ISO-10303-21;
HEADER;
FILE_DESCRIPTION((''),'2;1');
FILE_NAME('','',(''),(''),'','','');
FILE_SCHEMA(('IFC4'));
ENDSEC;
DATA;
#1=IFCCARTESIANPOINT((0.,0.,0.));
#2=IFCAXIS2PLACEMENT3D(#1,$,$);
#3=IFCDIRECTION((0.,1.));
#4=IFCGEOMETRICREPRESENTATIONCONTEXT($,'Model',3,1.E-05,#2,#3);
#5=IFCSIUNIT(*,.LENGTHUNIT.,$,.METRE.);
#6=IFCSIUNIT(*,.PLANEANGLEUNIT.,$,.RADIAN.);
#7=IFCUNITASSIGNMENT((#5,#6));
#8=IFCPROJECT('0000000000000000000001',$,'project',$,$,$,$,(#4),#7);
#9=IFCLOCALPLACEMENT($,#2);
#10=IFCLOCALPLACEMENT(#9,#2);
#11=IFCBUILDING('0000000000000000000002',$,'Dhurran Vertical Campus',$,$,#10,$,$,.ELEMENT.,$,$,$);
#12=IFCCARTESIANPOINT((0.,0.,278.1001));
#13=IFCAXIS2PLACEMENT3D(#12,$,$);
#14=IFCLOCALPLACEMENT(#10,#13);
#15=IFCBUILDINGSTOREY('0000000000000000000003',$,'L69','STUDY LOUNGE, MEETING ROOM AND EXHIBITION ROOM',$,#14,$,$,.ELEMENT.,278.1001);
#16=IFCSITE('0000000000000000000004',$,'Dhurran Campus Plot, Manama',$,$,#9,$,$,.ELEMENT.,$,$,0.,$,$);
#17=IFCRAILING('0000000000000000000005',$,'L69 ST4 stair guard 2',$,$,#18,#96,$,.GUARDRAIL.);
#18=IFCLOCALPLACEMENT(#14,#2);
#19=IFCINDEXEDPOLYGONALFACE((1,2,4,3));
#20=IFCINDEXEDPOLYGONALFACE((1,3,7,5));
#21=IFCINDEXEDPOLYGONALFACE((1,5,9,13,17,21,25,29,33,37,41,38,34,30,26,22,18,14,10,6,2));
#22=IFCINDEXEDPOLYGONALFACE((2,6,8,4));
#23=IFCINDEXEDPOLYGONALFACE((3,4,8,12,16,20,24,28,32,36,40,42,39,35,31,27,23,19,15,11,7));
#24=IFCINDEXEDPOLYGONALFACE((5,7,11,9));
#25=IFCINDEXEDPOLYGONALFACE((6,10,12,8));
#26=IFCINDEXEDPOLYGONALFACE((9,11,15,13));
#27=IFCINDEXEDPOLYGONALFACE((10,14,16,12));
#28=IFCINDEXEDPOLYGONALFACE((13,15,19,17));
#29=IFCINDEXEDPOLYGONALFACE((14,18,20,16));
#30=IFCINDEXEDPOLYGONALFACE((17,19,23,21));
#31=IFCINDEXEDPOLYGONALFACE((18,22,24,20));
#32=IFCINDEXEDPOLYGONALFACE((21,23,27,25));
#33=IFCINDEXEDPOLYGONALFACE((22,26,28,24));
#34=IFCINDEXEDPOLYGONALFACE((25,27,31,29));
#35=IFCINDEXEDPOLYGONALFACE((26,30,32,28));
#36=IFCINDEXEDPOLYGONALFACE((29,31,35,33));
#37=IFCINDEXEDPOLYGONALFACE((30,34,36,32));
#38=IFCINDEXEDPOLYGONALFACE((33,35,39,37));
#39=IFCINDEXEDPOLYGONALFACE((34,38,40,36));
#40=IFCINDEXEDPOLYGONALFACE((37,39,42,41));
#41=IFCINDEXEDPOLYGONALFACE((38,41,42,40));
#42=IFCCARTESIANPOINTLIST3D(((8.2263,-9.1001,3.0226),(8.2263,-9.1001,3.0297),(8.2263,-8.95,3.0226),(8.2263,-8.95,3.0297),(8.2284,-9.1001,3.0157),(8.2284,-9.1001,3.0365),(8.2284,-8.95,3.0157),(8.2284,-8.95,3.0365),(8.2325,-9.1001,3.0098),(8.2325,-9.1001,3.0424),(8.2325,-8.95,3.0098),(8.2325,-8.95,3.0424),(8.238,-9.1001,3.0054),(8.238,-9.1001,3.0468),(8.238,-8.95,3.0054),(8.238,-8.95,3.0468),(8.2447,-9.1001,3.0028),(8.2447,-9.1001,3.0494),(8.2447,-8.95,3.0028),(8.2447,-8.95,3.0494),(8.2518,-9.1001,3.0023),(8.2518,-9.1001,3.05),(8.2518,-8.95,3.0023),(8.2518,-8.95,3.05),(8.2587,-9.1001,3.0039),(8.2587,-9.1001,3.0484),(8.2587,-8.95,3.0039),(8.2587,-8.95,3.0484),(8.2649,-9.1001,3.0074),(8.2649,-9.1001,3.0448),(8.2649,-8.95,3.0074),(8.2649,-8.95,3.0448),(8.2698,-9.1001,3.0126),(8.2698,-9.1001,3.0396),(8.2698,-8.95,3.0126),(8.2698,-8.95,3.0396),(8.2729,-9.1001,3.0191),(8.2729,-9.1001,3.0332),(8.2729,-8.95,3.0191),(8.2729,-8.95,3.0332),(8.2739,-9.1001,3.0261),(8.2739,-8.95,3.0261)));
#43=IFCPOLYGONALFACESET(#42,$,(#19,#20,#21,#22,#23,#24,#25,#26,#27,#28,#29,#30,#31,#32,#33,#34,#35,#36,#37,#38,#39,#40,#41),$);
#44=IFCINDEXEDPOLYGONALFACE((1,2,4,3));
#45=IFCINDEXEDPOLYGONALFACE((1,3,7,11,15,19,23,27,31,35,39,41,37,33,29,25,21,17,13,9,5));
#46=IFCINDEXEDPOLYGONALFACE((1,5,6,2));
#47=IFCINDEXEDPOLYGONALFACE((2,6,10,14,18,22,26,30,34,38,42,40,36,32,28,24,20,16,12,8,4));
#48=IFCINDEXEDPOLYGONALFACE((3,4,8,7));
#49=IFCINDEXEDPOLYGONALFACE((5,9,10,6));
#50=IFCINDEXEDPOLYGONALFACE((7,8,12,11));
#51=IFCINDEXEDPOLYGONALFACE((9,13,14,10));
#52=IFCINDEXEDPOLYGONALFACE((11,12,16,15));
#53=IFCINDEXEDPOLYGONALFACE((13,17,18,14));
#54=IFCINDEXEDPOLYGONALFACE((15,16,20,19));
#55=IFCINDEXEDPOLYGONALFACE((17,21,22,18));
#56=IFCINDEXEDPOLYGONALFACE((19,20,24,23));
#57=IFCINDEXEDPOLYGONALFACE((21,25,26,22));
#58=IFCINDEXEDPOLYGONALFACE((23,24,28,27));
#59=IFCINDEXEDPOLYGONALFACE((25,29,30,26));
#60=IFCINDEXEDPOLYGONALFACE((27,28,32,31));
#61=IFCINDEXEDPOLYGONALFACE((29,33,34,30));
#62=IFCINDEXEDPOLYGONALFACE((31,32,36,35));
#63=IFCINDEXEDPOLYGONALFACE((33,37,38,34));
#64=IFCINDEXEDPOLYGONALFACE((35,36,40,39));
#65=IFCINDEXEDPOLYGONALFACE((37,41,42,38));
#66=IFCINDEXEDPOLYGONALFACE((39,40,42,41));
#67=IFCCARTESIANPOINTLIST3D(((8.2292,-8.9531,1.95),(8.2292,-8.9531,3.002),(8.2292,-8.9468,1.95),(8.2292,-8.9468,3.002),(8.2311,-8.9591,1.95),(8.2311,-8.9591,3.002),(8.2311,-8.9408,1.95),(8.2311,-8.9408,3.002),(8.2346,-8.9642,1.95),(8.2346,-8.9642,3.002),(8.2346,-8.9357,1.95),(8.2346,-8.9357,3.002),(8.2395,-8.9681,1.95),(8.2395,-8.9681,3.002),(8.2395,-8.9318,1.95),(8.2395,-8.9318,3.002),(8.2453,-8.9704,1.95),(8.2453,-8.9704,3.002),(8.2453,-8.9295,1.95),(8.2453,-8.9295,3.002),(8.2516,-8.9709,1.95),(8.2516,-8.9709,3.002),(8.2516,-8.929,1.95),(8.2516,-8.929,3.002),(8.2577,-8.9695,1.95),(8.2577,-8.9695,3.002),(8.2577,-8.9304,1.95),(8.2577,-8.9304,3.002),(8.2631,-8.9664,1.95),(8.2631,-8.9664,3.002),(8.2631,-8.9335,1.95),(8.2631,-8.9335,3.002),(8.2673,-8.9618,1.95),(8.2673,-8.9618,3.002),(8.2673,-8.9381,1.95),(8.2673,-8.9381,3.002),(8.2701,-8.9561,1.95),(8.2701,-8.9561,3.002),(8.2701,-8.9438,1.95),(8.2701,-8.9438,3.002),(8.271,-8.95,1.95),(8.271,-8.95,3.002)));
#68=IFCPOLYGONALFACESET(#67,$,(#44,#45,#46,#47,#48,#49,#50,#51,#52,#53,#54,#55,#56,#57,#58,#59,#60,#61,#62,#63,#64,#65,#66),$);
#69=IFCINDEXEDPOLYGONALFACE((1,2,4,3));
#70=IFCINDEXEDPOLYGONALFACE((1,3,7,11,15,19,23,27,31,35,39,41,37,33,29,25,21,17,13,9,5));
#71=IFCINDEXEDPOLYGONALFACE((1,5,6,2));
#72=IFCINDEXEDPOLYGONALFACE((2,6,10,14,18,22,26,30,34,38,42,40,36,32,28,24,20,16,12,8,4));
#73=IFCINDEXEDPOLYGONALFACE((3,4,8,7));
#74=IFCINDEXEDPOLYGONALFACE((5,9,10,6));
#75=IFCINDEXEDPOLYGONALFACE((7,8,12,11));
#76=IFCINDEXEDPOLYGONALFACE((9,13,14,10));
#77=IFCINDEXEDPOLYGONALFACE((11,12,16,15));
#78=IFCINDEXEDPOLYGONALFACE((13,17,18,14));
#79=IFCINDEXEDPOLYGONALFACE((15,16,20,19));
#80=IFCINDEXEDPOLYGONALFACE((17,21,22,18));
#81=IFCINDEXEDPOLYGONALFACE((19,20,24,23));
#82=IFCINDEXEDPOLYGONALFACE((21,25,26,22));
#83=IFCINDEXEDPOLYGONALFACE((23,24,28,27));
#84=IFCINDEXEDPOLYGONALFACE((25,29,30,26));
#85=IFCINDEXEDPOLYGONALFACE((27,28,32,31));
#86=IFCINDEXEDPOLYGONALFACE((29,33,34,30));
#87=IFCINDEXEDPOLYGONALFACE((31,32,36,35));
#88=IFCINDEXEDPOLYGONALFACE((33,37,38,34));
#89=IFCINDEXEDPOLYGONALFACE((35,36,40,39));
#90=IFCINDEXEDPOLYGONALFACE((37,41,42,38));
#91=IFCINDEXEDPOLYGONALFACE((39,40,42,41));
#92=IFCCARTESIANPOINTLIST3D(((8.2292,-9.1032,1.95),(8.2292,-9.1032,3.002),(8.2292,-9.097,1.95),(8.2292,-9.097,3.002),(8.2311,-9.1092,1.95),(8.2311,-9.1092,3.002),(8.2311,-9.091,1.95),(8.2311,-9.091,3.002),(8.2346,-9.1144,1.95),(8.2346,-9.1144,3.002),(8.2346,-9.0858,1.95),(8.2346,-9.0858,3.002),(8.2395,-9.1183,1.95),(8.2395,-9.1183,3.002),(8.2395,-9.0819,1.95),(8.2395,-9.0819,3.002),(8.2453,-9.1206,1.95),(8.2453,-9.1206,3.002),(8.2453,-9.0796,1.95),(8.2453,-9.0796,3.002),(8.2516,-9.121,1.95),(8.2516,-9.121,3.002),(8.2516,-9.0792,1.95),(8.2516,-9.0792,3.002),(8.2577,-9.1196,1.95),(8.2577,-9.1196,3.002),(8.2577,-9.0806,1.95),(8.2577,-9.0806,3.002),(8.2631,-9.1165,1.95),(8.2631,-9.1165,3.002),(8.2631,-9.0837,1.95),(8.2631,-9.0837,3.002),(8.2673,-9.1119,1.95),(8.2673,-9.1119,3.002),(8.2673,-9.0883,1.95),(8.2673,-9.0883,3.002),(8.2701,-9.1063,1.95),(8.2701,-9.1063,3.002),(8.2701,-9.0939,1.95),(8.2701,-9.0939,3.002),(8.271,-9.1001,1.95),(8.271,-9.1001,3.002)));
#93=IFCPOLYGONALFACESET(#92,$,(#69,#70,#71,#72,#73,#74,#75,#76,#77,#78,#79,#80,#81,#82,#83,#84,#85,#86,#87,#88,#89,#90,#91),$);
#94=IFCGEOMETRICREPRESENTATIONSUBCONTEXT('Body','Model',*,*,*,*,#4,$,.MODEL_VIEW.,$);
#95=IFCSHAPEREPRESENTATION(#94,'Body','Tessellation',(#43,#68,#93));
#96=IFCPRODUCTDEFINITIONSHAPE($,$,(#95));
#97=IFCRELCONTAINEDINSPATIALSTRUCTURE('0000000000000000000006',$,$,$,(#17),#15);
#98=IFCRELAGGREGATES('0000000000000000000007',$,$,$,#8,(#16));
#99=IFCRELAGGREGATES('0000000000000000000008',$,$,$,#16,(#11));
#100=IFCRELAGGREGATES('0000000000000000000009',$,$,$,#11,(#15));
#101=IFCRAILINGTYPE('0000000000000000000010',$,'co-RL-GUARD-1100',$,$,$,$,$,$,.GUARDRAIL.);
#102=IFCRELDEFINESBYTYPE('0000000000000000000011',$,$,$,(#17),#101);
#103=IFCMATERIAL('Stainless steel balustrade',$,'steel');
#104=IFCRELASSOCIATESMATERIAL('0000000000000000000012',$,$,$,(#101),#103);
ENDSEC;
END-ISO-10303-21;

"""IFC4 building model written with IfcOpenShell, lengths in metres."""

from ifc_helpers import new_model, si_unit, direction, frame, origin, origin_2d, place, context, subcontext, project, spatial, circle, extrude, material, type_object, element, save


model = new_model("IFC4")

# Units and contexts
model_context = context("Model", 3, precision=1e-05, world=origin(), true_north=direction((0.0, 1.0)))
body_context = subcontext(model_context, "Body", "Model", "MODEL_VIEW")
ifc_project = project(units=[si_unit("LENGTHUNIT", "METRE"), si_unit("PLANEANGLEUNIT", "RADIAN")], contexts=[model_context])

# Site, building, storey
site_placement = place(None, origin())
site = spatial("IfcSite", under=ifc_project, at=site_placement, Name="Dhurran Campus Plot, Manama", CompositionType="ELEMENT", RefElevation=0.0)
building_placement = place(site_placement, origin())
building = spatial("IfcBuilding", under=site, at=building_placement, Name="Dhurran Vertical Campus", CompositionType="ELEMENT")
storey_placement = place(building_placement, frame((0.0, 0.0, 278.1001)))
storey = spatial("IfcBuildingStorey", under=building, at=storey_placement, Name="L69", Description="STUDY LOUNGE, MEETING ROOM AND EXHIBITION ROOM", CompositionType="ELEMENT", Elevation=278.1001)

# Railing
ifc_material_1 = material(Name="Stainless steel balustrade", Category="steel")
railing_type_1 = type_object("IfcRailingType", Name="co-RL-GUARD-1100", PredefinedType="GUARDRAIL", material=ifc_material_1)
railing_1_placement = place(storey_placement, frame((8.25, -8.95, 1.95)))
element("IfcRailing", 1, at=railing_1_placement, inside=storey, type_object=railing_type_1, Name="L69 ST4 stair guard 2", PredefinedType="GUARDRAIL", context=body_context, shape_type="SweptSolid", body=[
    extrude(circle(Radius=0.0239, at=origin_2d()), frame((0.0, 0.0, 1.0762), z_axis=(0.0, -1.0, 0.0), x_axis=(1.0, 0.0, 0.0)), (0.0, 0.0, 1.0), 0.1501),
    extrude(circle(Radius=0.021, at=origin_2d()), origin(), (0.0, 0.0, 1.0), 1.052),
    extrude(circle(Radius=0.021, at=origin_2d()), frame((0.0, -0.1501, 0.0)), (0.0, 0.0, 1.0), 1.052),
])

save(model, "model.ifc")
